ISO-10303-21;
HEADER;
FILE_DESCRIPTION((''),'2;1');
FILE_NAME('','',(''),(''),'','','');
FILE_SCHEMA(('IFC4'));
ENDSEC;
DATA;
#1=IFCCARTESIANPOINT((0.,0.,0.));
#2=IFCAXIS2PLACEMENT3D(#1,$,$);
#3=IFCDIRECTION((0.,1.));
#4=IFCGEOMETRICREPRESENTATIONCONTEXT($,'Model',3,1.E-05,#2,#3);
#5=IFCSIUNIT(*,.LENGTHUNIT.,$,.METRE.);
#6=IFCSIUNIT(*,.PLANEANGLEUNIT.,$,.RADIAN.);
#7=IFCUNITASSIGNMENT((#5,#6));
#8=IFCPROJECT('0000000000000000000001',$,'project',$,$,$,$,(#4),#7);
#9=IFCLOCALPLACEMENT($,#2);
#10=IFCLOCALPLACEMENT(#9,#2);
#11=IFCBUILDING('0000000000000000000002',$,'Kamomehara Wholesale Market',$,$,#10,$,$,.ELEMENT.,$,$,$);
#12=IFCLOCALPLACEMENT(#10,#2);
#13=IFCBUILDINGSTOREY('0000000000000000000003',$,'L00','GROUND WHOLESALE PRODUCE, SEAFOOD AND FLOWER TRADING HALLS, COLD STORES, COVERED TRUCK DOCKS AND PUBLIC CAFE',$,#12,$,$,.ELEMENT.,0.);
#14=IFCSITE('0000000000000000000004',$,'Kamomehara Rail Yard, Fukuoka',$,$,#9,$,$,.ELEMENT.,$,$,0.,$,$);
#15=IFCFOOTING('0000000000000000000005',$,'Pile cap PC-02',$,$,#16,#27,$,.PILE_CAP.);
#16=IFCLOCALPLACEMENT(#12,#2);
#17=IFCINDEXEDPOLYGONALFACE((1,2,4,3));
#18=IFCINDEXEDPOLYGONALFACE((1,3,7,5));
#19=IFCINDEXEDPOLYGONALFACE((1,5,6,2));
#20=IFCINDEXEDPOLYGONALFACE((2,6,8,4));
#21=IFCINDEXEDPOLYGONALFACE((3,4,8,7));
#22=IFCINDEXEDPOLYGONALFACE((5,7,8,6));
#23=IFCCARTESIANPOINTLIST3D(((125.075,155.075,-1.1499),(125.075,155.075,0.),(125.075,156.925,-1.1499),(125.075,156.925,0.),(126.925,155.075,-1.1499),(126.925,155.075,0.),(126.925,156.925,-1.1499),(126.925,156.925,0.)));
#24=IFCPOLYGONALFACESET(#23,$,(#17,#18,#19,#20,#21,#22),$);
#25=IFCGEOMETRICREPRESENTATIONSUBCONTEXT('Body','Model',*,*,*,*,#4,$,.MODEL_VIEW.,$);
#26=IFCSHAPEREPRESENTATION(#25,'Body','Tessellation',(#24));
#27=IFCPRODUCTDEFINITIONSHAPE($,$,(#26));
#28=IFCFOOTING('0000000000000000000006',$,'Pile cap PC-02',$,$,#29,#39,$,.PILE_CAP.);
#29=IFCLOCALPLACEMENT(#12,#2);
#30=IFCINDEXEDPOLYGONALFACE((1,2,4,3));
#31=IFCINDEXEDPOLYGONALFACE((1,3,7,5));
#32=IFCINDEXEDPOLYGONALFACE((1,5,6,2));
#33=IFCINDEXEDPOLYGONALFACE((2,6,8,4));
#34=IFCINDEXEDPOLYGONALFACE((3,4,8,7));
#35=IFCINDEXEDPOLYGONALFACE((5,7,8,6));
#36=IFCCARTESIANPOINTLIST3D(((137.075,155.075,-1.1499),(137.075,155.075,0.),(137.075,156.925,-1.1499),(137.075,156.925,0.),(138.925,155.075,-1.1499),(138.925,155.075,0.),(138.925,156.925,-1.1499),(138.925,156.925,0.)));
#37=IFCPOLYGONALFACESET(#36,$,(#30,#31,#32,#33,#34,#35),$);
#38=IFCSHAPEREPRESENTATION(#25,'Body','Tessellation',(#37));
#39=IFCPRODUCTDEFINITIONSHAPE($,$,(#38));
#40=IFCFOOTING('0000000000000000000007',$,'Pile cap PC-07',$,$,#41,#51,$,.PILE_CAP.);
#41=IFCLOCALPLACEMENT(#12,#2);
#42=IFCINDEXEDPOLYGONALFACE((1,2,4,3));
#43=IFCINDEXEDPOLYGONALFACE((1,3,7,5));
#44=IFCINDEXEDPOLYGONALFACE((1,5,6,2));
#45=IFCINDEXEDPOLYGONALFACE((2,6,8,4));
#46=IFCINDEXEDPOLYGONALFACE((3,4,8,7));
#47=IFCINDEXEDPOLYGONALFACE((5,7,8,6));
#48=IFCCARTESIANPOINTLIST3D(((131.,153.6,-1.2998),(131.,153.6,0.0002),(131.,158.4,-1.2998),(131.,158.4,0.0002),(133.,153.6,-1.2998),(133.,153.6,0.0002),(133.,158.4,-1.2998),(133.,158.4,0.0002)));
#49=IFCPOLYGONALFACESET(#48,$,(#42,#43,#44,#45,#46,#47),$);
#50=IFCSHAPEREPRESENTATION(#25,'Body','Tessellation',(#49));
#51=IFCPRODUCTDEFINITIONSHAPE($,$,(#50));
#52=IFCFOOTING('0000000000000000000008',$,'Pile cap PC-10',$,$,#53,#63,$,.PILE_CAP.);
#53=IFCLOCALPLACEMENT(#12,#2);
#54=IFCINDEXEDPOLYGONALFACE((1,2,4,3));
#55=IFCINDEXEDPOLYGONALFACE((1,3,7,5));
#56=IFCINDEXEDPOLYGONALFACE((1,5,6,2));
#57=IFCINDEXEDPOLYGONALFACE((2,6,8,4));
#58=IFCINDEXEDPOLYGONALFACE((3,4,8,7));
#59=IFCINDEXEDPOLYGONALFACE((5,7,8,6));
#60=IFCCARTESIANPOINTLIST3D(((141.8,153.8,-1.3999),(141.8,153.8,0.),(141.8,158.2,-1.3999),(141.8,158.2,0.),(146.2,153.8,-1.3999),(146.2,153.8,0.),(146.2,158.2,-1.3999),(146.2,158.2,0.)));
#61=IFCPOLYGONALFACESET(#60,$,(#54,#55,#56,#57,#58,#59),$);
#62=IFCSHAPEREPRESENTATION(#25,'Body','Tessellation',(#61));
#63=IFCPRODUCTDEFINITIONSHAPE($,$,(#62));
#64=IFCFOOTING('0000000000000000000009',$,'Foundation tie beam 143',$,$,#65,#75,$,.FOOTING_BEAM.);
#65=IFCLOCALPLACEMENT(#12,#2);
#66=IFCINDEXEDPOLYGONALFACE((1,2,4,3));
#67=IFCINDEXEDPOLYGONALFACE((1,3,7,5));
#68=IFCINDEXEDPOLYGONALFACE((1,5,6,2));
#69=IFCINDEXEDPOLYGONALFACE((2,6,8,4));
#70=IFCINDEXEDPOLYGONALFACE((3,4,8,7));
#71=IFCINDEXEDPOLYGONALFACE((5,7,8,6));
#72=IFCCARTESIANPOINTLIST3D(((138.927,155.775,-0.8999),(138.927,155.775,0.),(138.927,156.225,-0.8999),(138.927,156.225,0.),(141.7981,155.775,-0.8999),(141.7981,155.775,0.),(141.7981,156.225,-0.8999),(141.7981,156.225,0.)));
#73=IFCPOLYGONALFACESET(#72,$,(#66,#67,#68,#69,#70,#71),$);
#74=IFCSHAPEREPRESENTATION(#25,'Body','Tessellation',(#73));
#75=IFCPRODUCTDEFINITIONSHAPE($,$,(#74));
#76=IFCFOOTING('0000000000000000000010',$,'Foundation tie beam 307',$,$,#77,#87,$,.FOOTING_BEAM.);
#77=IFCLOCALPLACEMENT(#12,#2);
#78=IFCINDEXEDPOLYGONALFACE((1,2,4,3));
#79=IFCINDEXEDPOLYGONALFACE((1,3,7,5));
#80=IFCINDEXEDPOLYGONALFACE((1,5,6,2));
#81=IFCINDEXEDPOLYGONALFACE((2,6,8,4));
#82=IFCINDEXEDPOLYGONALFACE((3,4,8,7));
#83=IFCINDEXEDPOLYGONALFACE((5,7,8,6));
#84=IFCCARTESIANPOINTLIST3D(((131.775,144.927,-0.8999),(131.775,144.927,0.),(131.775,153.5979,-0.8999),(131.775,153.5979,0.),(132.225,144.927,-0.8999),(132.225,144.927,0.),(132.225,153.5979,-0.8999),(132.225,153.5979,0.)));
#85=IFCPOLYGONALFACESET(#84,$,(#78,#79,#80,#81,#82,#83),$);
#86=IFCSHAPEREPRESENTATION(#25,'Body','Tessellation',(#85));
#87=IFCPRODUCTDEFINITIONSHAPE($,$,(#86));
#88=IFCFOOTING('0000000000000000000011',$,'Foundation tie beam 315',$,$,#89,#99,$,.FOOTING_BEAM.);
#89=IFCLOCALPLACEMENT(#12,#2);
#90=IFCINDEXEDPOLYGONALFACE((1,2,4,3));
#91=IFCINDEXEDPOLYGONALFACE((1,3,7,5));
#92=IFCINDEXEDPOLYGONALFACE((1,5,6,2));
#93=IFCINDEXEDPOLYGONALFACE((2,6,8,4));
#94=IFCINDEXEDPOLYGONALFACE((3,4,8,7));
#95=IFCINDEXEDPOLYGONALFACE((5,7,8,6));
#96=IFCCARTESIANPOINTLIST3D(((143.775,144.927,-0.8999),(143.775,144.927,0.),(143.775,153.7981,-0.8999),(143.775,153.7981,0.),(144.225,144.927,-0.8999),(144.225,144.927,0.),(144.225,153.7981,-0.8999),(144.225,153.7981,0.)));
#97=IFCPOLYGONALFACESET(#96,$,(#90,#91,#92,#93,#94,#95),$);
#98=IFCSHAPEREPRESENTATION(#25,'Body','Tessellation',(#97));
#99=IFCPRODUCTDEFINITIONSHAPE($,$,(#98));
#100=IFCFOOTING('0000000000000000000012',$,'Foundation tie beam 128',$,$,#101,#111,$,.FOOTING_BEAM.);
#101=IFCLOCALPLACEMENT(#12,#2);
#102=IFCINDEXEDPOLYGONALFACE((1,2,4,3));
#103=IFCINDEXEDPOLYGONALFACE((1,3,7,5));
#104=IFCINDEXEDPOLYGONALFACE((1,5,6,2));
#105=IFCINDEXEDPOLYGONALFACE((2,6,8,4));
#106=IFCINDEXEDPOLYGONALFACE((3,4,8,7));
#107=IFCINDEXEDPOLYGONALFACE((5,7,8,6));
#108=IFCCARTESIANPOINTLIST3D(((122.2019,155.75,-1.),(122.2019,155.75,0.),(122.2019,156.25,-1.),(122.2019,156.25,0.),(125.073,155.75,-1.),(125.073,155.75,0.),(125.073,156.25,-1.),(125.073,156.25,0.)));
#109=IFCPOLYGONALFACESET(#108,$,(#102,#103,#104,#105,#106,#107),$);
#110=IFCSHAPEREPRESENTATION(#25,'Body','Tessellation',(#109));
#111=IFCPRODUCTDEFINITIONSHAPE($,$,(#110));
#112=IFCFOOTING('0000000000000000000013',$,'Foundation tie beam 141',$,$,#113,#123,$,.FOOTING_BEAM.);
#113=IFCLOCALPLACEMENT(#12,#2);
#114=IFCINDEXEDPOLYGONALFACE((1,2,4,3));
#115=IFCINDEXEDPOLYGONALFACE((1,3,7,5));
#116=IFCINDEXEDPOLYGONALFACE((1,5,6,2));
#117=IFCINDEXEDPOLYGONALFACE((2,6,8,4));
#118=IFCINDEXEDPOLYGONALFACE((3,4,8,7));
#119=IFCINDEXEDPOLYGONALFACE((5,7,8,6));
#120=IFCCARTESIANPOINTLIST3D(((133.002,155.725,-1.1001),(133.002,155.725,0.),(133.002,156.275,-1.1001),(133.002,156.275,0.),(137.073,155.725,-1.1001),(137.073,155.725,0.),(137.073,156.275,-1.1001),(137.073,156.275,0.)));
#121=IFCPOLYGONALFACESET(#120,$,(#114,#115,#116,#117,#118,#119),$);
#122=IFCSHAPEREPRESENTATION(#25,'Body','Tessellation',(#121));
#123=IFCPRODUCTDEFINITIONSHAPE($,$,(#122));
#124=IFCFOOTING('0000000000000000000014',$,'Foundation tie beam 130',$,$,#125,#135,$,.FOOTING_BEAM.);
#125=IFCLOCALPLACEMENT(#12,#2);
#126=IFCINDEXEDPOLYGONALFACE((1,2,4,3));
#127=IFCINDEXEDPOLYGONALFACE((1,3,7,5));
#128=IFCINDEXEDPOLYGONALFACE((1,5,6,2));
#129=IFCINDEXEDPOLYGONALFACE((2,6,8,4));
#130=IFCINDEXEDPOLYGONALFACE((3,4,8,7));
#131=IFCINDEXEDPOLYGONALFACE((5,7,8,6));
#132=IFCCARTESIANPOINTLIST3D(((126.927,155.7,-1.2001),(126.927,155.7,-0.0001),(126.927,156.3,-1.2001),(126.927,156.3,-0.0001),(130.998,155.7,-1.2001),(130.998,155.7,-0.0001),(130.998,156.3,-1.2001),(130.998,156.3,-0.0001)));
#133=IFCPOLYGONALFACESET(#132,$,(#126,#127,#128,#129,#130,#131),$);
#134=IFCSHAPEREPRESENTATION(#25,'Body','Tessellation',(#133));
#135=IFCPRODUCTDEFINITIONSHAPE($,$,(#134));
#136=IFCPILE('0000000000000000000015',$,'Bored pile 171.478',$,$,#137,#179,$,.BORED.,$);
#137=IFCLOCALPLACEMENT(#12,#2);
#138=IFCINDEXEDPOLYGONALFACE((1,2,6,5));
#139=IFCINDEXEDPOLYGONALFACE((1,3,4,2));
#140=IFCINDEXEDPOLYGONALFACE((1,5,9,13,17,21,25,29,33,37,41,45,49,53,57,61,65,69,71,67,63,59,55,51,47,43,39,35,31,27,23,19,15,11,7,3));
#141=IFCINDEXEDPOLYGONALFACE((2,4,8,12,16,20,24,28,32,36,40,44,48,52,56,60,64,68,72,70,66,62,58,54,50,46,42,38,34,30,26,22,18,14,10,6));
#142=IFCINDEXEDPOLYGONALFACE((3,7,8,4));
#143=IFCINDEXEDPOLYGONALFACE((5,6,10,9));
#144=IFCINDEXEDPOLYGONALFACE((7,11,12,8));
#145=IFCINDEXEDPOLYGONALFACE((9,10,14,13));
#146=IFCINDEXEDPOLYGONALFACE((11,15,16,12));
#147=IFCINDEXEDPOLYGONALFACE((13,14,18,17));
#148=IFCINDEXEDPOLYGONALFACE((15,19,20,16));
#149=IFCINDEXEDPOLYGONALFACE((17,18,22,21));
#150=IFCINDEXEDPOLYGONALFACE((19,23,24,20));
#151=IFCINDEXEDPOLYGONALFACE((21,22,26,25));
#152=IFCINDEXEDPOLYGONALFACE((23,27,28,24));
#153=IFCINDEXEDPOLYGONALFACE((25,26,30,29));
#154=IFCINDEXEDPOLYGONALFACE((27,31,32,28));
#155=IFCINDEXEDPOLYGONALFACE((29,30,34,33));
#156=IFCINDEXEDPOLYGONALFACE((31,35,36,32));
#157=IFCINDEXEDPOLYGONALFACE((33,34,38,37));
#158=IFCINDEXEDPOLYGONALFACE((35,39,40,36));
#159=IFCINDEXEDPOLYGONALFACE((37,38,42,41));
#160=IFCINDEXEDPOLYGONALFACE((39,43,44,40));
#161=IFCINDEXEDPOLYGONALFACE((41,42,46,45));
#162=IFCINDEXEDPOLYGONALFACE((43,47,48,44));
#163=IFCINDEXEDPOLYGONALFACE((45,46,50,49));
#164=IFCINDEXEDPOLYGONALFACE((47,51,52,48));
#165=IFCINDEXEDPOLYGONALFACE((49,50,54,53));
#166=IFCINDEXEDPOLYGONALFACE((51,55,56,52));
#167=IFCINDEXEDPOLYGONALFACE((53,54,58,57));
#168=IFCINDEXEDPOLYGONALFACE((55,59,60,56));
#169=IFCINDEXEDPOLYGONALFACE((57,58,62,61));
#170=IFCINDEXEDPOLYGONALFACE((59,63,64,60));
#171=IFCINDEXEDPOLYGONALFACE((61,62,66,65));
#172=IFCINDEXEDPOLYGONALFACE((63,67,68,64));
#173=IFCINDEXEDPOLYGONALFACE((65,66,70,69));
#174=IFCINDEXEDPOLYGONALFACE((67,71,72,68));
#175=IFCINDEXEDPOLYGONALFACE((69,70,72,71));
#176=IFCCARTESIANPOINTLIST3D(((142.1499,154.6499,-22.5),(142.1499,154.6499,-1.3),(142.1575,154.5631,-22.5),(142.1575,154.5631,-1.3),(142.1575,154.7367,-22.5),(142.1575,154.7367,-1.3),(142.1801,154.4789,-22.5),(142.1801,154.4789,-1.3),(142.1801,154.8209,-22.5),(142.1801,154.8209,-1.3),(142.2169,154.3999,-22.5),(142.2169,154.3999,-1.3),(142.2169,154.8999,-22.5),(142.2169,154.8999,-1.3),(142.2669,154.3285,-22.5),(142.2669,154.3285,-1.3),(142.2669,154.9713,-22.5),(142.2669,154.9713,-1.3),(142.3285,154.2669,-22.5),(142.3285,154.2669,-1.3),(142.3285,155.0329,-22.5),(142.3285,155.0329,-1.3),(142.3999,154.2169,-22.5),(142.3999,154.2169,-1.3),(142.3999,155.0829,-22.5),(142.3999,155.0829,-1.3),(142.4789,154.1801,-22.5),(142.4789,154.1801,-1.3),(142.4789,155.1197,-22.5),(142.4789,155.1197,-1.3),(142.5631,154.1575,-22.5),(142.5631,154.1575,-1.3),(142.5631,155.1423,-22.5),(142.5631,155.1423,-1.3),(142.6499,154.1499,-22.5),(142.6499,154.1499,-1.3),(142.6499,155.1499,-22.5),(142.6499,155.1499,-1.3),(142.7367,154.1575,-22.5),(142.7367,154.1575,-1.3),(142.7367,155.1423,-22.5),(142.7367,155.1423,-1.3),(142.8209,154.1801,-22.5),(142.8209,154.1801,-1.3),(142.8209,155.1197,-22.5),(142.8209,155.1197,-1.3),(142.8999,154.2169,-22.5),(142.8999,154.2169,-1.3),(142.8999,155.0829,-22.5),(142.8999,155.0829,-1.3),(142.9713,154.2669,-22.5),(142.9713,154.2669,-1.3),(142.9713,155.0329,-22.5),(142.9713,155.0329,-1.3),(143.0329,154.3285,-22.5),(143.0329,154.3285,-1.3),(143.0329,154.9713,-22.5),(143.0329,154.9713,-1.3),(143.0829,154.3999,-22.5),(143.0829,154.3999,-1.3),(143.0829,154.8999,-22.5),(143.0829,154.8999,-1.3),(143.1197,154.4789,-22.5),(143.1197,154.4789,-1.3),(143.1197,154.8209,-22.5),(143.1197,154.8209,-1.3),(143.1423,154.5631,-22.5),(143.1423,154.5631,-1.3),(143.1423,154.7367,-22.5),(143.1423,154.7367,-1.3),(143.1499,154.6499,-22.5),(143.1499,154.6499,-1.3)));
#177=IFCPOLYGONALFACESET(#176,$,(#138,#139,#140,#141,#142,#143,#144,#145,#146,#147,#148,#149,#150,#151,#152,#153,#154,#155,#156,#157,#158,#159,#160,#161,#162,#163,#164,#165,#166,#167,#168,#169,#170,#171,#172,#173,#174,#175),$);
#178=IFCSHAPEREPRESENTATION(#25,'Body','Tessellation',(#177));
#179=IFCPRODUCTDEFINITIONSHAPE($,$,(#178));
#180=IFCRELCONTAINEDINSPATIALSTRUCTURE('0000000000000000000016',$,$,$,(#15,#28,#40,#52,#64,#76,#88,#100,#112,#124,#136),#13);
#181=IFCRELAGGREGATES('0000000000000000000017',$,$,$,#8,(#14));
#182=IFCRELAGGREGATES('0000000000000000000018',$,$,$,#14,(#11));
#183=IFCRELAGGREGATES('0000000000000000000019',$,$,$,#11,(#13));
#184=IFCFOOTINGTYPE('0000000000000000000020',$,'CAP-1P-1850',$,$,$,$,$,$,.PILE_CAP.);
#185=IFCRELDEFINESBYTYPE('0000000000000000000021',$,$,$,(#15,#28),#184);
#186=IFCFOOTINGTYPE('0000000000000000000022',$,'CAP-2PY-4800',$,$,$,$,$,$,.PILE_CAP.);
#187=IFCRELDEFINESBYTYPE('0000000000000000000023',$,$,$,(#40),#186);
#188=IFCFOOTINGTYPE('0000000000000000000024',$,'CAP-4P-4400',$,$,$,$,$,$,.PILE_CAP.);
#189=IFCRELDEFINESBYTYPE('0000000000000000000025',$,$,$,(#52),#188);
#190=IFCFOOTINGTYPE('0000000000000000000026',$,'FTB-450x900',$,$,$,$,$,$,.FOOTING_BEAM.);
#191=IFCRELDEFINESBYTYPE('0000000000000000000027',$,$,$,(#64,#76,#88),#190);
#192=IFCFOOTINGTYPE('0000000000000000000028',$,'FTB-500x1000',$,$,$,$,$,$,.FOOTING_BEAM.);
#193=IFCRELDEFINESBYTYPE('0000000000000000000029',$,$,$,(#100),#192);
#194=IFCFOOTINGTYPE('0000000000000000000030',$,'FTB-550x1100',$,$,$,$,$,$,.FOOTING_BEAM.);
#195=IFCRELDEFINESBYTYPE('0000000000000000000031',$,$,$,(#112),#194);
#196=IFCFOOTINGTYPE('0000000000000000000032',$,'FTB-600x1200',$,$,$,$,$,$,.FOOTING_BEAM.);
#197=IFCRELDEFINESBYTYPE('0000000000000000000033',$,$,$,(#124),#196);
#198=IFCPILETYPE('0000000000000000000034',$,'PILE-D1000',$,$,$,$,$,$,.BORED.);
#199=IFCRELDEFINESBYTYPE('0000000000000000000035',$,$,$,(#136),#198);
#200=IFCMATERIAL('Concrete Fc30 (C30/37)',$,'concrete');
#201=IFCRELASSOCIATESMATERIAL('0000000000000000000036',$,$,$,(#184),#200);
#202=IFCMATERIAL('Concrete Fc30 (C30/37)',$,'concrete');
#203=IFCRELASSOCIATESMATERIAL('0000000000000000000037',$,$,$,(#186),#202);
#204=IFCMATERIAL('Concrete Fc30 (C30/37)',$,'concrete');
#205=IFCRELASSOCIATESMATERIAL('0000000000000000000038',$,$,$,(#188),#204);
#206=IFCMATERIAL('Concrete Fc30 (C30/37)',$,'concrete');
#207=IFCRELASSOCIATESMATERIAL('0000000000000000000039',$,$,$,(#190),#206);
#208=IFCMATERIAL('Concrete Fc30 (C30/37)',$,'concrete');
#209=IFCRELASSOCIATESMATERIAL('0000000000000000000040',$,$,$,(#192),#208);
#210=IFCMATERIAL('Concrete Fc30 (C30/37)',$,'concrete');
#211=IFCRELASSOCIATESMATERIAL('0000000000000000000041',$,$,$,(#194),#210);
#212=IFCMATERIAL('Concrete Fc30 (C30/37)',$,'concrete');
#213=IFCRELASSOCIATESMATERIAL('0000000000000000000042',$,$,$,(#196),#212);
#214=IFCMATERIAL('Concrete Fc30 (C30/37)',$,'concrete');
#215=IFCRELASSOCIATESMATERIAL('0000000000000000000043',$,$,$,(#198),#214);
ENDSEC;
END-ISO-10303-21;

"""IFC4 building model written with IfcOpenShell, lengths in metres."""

from ifc_helpers import new_model, si_unit, direction, frame, origin, origin_2d, place, context, subcontext, project, spatial, rectangle, circle, extrude, material, material_profile, profile_set, type_object, element, save


model = new_model("IFC4")

# Units and contexts
model_context = context("Model", 3, precision=1e-05, world=origin(), true_north=direction((0.0, 1.0)))
body_context = subcontext(model_context, "Body", "Model", "MODEL_VIEW")
ifc_project = project(units=[si_unit("LENGTHUNIT", "METRE"), si_unit("PLANEANGLEUNIT", "RADIAN")], contexts=[model_context])

# Site, building, storey
site_placement = place(None, origin())
site = spatial("IfcSite", under=ifc_project, at=site_placement, Name="Kamomehara Rail Yard, Fukuoka", CompositionType="ELEMENT", RefElevation=0.0)
building_placement = place(site_placement, origin())
building = spatial("IfcBuilding", under=site, at=building_placement, Name="Kamomehara Wholesale Market", CompositionType="ELEMENT")
storey_placement = place(building_placement, origin())
storey = spatial("IfcBuildingStorey", under=building, at=storey_placement, Name="L00", Description="GROUND WHOLESALE PRODUCE, SEAFOOD AND FLOWER TRADING HALLS, COLD STORES, COVERED TRUCK DOCKS AND PUBLIC CAFE", CompositionType="ELEMENT", Elevation=0.0)

# Footings
ifc_material_1 = material(Name="Concrete Fc30 (C30/37)", Category="concrete")
footing_type_1 = type_object("IfcFootingType", Name="CAP-1P-1850", PredefinedType="PILE_CAP", material=ifc_material_1)
for number, where, z_axis, x_axis, name in (
    (1, (126.0, 156.0, -1.1499), (0.0, 0.0, 1.0), (1.0, 0.0, 0.0), "Pile cap PC-02"),
    (2, (138.0, 156.0, -1.1499), (0.0, 0.0, 1.0), (1.0, 0.0, 0.0), "Pile cap PC-02"),
):
    element("IfcFooting", number, at=place(storey_placement, frame(where, z_axis=z_axis, x_axis=x_axis)), inside=storey, type_object=footing_type_1, Name=name, PredefinedType="PILE_CAP", context=body_context, shape_type="SweptSolid", body=[
        extrude(rectangle(XDim=1.8501, YDim=1.8501, at=origin_2d()), origin(), (0.0, 0.0, 1.0), 1.1499),
    ])
ifc_material_2 = material(Name="Concrete Fc30 (C30/37)", Category="concrete")
footing_type_2 = type_object("IfcFootingType", Name="CAP-2PY-4800", PredefinedType="PILE_CAP", material=ifc_material_2)
footing_1_placement = place(storey_placement, frame((132.0, 156.0, -1.2998), z_axis=(0.0, 0.0, 1.0), x_axis=(1.0, 0.0, 0.0)))
element("IfcFooting", 3, at=footing_1_placement, inside=storey, type_object=footing_type_2, Name="Pile cap PC-07", PredefinedType="PILE_CAP", context=body_context, shape_type="SweptSolid", body=[
    extrude(rectangle(XDim=2.0, YDim=4.8, at=origin_2d()), origin(), (0.0, 0.0, 1.0), 1.3),
])
ifc_material_3 = material(Name="Concrete Fc30 (C30/37)", Category="concrete")
footing_type_3 = type_object("IfcFootingType", Name="CAP-4P-4400", PredefinedType="PILE_CAP", material=ifc_material_3)
footing_2_placement = place(storey_placement, frame((144.0, 156.0, -1.3999), z_axis=(0.0, 0.0, 1.0), x_axis=(1.0, 0.0, 0.0)))
element("IfcFooting", 4, at=footing_2_placement, inside=storey, type_object=footing_type_3, Name="Pile cap PC-10", PredefinedType="PILE_CAP", context=body_context, shape_type="SweptSolid", body=[
    extrude(rectangle(XDim=4.3999, YDim=4.3999, at=origin_2d()), origin(), (0.0, 0.0, 1.0), 1.3999),
])
ifc_material_4 = material(Name="Concrete Fc30 (C30/37)", Category="concrete")
ifc_material_profile_1 = material_profile(ifc_material_4, rectangle(XDim=0.45, YDim=0.8999, at=origin_2d()), Name="RC-FTB-450x900")
ifc_profile_set_1 = profile_set([ifc_material_profile_1], Name="Concrete Fc30 (C30/37)")
footing_type_4 = type_object("IfcFootingType", Name="FTB-450x900", PredefinedType="FOOTING_BEAM", material=ifc_profile_set_1)
footing_3_placement = place(storey_placement, frame((138.927, 156.0, -0.45), z_axis=(1.0, 0.0, 0.0), x_axis=(0.0, 1.0, 0.0)))
element("IfcFooting", 5, at=footing_3_placement, inside=storey, type_object=footing_type_4, Name="Foundation tie beam 143", PredefinedType="FOOTING_BEAM", context=body_context, shape_type="SweptSolid", body=[
    extrude(rectangle(XDim=0.45, YDim=0.8999, at=origin_2d()), origin(), (0.0, 0.0, 1.0), 2.8711),
])
footing_4_placement = place(storey_placement, frame((132.0, 144.927, -0.45), z_axis=(0.0, 1.0, 0.0), x_axis=(-1.0, 0.0, 0.0)))
element("IfcFooting", 6, at=footing_4_placement, inside=storey, type_object=footing_type_4, Name="Foundation tie beam 307", PredefinedType="FOOTING_BEAM", context=body_context, shape_type="SweptSolid", body=[
    extrude(rectangle(XDim=0.45, YDim=0.8999, at=origin_2d()), origin(), (0.0, 0.0, 1.0), 8.6709),
])
footing_5_placement = place(storey_placement, frame((144.0, 144.927, -0.45), z_axis=(0.0, 1.0, 0.0), x_axis=(-1.0, 0.0, 0.0)))
element("IfcFooting", 7, at=footing_5_placement, inside=storey, type_object=footing_type_4, Name="Foundation tie beam 315", PredefinedType="FOOTING_BEAM", context=body_context, shape_type="SweptSolid", body=[
    extrude(rectangle(XDim=0.45, YDim=0.8999, at=origin_2d()), origin(), (0.0, 0.0, 1.0), 8.8711),
])
ifc_material_5 = material(Name="Concrete Fc30 (C30/37)", Category="concrete")
ifc_material_profile_2 = material_profile(ifc_material_5, rectangle(XDim=0.5, YDim=1.0, at=origin_2d()), Name="RC-FTB-500x1000")
ifc_profile_set_2 = profile_set([ifc_material_profile_2], Name="Concrete Fc30 (C30/37)")
footing_type_5 = type_object("IfcFootingType", Name="FTB-500x1000", PredefinedType="FOOTING_BEAM", material=ifc_profile_set_2)
footing_6_placement = place(storey_placement, frame((122.2019, 156.0, -0.5), z_axis=(1.0, 0.0, 0.0), x_axis=(0.0, 1.0, 0.0)))
element("IfcFooting", 8, at=footing_6_placement, inside=storey, type_object=footing_type_5, Name="Foundation tie beam 128", PredefinedType="FOOTING_BEAM", context=body_context, shape_type="SweptSolid", body=[
    extrude(rectangle(XDim=0.5, YDim=1.0, at=origin_2d()), origin(), (0.0, 0.0, 1.0), 2.8711),
])
ifc_material_6 = material(Name="Concrete Fc30 (C30/37)", Category="concrete")
ifc_material_profile_3 = material_profile(ifc_material_6, rectangle(XDim=0.55, YDim=1.1001, at=origin_2d()), Name="RC-FTB-550x1100")
ifc_profile_set_3 = profile_set([ifc_material_profile_3], Name="Concrete Fc30 (C30/37)")
footing_type_6 = type_object("IfcFootingType", Name="FTB-550x1100", PredefinedType="FOOTING_BEAM", material=ifc_profile_set_3)
footing_7_placement = place(storey_placement, frame((133.002, 156.0, -0.55), z_axis=(1.0, 0.0, 0.0), x_axis=(0.0, 1.0, 0.0)))
element("IfcFooting", 9, at=footing_7_placement, inside=storey, type_object=footing_type_6, Name="Foundation tie beam 141", PredefinedType="FOOTING_BEAM", context=body_context, shape_type="SweptSolid", body=[
    extrude(rectangle(XDim=0.55, YDim=1.1001, at=origin_2d()), origin(), (0.0, 0.0, 1.0), 4.071),
])
ifc_material_7 = material(Name="Concrete Fc30 (C30/37)", Category="concrete")
ifc_material_profile_4 = material_profile(ifc_material_7, rectangle(XDim=0.6001, YDim=1.2, at=origin_2d()), Name="RC-FTB-600x1200")
ifc_profile_set_4 = profile_set([ifc_material_profile_4], Name="Concrete Fc30 (C30/37)")
footing_type_7 = type_object("IfcFootingType", Name="FTB-600x1200", PredefinedType="FOOTING_BEAM", material=ifc_profile_set_4)
footing_8_placement = place(storey_placement, frame((126.927, 156.0, -0.6001), z_axis=(1.0, 0.0, 0.0), x_axis=(0.0, 1.0, 0.0)))
element("IfcFooting", 10, at=footing_8_placement, inside=storey, type_object=footing_type_7, Name="Foundation tie beam 130", PredefinedType="FOOTING_BEAM", context=body_context, shape_type="SweptSolid", body=[
    extrude(rectangle(XDim=0.6001, YDim=1.2, at=origin_2d()), origin(), (0.0, 0.0, 1.0), 4.071),
])

# Pile
ifc_material_8 = material(Name="Concrete Fc30 (C30/37)", Category="concrete")
ifc_material_profile_5 = material_profile(ifc_material_8, circle(Radius=0.5, at=origin_2d()), Name="RC-PILE-D1000")
ifc_profile_set_5 = profile_set([ifc_material_profile_5], Name="Concrete Fc30 (C30/37)")
pile_type_1 = type_object("IfcPileType", Name="PILE-D1000", PredefinedType="BORED", material=ifc_profile_set_5)
for number, where, z_axis, x_axis, name in (
    (11, (142.6499, 154.6499, -1.3), (0.0, 0.0, -1.0), (1.0, 0.0, 0.0), "Bored pile 171.478"),
):
    element("IfcPile", number, at=place(storey_placement, frame(where, z_axis=z_axis, x_axis=x_axis)), inside=storey, type_object=pile_type_1, Name=name, PredefinedType="BORED", context=body_context, shape_type="SweptSolid", body=[
        extrude(circle(Radius=0.5, at=origin_2d()), origin(), (0.0, 0.0, 1.0), 21.2),
    ])

save(model, "model.ifc")
